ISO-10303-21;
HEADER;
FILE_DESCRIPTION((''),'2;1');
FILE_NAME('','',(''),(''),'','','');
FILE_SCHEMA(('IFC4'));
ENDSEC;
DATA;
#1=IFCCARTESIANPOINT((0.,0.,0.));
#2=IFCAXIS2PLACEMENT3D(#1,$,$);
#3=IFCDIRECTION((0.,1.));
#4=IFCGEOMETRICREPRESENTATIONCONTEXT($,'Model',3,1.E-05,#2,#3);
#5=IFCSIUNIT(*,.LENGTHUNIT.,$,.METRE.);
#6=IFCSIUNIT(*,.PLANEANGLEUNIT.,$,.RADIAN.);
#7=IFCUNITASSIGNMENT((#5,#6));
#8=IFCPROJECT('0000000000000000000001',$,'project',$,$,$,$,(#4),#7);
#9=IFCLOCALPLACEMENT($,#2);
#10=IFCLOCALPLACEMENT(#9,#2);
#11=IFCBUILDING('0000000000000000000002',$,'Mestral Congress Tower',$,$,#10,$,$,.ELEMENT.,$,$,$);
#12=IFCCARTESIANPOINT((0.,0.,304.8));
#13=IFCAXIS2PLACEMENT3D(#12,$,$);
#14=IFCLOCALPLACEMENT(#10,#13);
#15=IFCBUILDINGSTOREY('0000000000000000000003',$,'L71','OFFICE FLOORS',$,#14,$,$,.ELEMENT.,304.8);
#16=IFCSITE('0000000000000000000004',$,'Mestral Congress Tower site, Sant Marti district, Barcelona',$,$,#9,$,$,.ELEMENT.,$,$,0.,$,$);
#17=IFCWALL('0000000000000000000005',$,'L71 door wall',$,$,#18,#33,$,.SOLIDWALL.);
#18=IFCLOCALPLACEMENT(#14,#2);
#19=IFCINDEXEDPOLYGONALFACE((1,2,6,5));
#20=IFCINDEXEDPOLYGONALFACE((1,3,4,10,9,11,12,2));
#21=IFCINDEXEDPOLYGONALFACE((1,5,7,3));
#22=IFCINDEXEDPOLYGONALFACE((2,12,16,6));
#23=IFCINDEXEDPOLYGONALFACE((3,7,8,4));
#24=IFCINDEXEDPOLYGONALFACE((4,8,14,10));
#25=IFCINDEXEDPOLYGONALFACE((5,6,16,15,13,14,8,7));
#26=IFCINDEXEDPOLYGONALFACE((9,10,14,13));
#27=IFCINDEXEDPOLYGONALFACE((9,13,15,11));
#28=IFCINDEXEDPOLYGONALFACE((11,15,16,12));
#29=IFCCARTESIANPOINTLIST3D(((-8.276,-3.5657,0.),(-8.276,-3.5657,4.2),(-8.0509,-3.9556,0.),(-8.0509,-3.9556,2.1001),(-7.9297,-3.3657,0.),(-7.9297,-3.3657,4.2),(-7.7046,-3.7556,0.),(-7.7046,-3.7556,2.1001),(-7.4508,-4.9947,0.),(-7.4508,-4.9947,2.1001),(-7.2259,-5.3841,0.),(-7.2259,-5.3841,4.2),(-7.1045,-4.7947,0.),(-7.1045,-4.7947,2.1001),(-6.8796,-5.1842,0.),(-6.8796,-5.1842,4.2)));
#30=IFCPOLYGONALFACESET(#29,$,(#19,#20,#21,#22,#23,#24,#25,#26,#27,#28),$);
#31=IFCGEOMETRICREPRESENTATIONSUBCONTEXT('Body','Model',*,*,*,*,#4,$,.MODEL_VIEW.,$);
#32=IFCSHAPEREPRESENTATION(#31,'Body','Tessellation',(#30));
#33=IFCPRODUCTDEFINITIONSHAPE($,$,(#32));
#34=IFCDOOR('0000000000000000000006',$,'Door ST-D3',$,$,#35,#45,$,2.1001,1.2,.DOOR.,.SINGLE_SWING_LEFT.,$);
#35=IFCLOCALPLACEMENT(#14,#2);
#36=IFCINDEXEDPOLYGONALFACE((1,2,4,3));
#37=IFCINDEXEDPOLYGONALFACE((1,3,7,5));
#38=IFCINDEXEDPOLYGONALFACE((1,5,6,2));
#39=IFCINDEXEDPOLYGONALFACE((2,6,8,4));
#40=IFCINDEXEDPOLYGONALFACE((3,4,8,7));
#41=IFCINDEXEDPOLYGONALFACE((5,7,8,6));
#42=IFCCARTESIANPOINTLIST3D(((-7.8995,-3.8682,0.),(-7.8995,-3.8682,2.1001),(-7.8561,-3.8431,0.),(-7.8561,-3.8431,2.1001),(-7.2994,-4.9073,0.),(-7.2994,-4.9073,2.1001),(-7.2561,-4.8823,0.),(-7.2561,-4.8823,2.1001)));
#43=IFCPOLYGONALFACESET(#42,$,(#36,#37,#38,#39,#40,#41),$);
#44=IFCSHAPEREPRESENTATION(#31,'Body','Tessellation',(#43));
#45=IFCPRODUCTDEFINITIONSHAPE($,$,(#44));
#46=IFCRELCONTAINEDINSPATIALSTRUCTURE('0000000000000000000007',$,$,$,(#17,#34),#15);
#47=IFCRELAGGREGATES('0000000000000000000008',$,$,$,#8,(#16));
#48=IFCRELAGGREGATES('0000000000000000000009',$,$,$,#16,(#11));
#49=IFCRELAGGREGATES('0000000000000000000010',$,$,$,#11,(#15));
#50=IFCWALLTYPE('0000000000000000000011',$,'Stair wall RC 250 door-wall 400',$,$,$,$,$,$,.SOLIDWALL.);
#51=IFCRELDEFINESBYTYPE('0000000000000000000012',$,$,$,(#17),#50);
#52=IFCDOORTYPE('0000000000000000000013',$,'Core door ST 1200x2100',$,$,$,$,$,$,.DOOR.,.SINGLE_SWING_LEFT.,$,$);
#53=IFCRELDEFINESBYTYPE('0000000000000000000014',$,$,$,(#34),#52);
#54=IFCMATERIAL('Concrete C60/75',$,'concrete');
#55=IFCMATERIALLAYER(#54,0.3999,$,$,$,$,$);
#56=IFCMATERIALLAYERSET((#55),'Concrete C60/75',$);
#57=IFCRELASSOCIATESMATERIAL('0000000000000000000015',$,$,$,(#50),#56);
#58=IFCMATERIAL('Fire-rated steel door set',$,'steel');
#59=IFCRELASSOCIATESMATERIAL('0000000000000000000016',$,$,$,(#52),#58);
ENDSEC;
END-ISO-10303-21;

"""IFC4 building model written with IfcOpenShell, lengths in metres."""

from ifc_helpers import new_model, si_unit, direction, frame, frame_2d, origin, place, context, subcontext, project, spatial, rectangle, extrude, material, layer, layer_set, type_object, element, fill, save


model = new_model("IFC4")

# Units and contexts
model_context = context("Model", 3, precision=1e-05, world=origin(), true_north=direction((0.0, 1.0)))
body_context = subcontext(model_context, "Body", "Model", "MODEL_VIEW")
ifc_project = project(units=[si_unit("LENGTHUNIT", "METRE"), si_unit("PLANEANGLEUNIT", "RADIAN")], contexts=[model_context])

# Site, building, storey
site_placement = place(None, origin())
site = spatial("IfcSite", under=ifc_project, at=site_placement, Name="Mestral Congress Tower site, Sant Marti district, Barcelona", CompositionType="ELEMENT", RefElevation=0.0)
building_placement = place(site_placement, origin())
building = spatial("IfcBuilding", under=site, at=building_placement, Name="Mestral Congress Tower", CompositionType="ELEMENT")
storey_placement = place(building_placement, frame((0.0, 0.0, 304.8)))
storey = spatial("IfcBuildingStorey", under=building, at=storey_placement, Name="L71", Description="OFFICE FLOORS", CompositionType="ELEMENT", Elevation=304.8)

# Shared definitions
ifc_material_1 = material(Name="Concrete C60/75", Category="concrete")

# Shared definitions
ifc_material_2 = material(Name="Fire-rated steel door set", Category="steel")

# Wall, opening, door
ifc_layer_1 = layer(ifc_material_1, 0.3999)
ifc_layer_set_1 = layer_set([ifc_layer_1], Name="Concrete C60/75")
wall_type_1 = type_object("IfcWallType", Name="Stair wall RC 250 door-wall 400", PredefinedType="SOLIDWALL", material=ifc_layer_set_1)
wall_1_placement = place(storey_placement, frame((-8.1028, -3.4658, 0.0), z_axis=(0.0, 0.0, 1.0), x_axis=(0.500078, -0.86598, 0.0)))
wall_1 = element("IfcWall", 1, at=wall_1_placement, inside=storey, type_object=wall_type_1, Name="L71 door wall", PredefinedType="SOLIDWALL", context=body_context, shape_type="SweptSolid", body=[
    extrude(rectangle(XDim=2.0999, YDim=0.3999, at=frame_2d((1.0498, 0.0))), origin(), (0.0, 0.0, 1.0), 4.2),
])
opening_1_placement = place(wall_1_placement, frame((0.45, 0.0, 0.0)))
opening_1 = element("IfcOpeningElement", 2, at=opening_1_placement, cuts=wall_1, PredefinedType="OPENING", context=body_context, shape_type="SweptSolid", body=[
    extrude(rectangle(XDim=1.2, YDim=2.1001, at=frame_2d((0.6001, 1.05))), frame((0.0, 0.21, 0.0), z_axis=(0.0, -1.0, 0.0), x_axis=(1.0, 0.0, 0.0)), (0.0, 0.0, 1.0), 0.4199),
])
door_type_1 = type_object("IfcDoorType", Name="Core door ST 1200x2100", OperationType="SINGLE_SWING_LEFT", PredefinedType="DOOR", material=ifc_material_2)
door_1_placement = place(opening_1_placement, origin())
door_1 = element("IfcDoor", 3, at=door_1_placement, inside=storey, type_object=door_type_1, Name="Door ST-D3", OperationType="SINGLE_SWING_LEFT", OverallHeight=2.1001, OverallWidth=1.2, PredefinedType="DOOR", context=body_context, shape_type="SweptSolid", body=[
    extrude(rectangle(XDim=1.2, YDim=2.1001, at=frame_2d((0.6001, 1.05))), frame((0.0, 0.0249, 0.0), z_axis=(0.0, -1.0, 0.0), x_axis=(1.0, 0.0, 0.0)), (0.0, 0.0, 1.0), 0.05),
])
fill(opening_1, door_1)

save(model, "model.ifc")
